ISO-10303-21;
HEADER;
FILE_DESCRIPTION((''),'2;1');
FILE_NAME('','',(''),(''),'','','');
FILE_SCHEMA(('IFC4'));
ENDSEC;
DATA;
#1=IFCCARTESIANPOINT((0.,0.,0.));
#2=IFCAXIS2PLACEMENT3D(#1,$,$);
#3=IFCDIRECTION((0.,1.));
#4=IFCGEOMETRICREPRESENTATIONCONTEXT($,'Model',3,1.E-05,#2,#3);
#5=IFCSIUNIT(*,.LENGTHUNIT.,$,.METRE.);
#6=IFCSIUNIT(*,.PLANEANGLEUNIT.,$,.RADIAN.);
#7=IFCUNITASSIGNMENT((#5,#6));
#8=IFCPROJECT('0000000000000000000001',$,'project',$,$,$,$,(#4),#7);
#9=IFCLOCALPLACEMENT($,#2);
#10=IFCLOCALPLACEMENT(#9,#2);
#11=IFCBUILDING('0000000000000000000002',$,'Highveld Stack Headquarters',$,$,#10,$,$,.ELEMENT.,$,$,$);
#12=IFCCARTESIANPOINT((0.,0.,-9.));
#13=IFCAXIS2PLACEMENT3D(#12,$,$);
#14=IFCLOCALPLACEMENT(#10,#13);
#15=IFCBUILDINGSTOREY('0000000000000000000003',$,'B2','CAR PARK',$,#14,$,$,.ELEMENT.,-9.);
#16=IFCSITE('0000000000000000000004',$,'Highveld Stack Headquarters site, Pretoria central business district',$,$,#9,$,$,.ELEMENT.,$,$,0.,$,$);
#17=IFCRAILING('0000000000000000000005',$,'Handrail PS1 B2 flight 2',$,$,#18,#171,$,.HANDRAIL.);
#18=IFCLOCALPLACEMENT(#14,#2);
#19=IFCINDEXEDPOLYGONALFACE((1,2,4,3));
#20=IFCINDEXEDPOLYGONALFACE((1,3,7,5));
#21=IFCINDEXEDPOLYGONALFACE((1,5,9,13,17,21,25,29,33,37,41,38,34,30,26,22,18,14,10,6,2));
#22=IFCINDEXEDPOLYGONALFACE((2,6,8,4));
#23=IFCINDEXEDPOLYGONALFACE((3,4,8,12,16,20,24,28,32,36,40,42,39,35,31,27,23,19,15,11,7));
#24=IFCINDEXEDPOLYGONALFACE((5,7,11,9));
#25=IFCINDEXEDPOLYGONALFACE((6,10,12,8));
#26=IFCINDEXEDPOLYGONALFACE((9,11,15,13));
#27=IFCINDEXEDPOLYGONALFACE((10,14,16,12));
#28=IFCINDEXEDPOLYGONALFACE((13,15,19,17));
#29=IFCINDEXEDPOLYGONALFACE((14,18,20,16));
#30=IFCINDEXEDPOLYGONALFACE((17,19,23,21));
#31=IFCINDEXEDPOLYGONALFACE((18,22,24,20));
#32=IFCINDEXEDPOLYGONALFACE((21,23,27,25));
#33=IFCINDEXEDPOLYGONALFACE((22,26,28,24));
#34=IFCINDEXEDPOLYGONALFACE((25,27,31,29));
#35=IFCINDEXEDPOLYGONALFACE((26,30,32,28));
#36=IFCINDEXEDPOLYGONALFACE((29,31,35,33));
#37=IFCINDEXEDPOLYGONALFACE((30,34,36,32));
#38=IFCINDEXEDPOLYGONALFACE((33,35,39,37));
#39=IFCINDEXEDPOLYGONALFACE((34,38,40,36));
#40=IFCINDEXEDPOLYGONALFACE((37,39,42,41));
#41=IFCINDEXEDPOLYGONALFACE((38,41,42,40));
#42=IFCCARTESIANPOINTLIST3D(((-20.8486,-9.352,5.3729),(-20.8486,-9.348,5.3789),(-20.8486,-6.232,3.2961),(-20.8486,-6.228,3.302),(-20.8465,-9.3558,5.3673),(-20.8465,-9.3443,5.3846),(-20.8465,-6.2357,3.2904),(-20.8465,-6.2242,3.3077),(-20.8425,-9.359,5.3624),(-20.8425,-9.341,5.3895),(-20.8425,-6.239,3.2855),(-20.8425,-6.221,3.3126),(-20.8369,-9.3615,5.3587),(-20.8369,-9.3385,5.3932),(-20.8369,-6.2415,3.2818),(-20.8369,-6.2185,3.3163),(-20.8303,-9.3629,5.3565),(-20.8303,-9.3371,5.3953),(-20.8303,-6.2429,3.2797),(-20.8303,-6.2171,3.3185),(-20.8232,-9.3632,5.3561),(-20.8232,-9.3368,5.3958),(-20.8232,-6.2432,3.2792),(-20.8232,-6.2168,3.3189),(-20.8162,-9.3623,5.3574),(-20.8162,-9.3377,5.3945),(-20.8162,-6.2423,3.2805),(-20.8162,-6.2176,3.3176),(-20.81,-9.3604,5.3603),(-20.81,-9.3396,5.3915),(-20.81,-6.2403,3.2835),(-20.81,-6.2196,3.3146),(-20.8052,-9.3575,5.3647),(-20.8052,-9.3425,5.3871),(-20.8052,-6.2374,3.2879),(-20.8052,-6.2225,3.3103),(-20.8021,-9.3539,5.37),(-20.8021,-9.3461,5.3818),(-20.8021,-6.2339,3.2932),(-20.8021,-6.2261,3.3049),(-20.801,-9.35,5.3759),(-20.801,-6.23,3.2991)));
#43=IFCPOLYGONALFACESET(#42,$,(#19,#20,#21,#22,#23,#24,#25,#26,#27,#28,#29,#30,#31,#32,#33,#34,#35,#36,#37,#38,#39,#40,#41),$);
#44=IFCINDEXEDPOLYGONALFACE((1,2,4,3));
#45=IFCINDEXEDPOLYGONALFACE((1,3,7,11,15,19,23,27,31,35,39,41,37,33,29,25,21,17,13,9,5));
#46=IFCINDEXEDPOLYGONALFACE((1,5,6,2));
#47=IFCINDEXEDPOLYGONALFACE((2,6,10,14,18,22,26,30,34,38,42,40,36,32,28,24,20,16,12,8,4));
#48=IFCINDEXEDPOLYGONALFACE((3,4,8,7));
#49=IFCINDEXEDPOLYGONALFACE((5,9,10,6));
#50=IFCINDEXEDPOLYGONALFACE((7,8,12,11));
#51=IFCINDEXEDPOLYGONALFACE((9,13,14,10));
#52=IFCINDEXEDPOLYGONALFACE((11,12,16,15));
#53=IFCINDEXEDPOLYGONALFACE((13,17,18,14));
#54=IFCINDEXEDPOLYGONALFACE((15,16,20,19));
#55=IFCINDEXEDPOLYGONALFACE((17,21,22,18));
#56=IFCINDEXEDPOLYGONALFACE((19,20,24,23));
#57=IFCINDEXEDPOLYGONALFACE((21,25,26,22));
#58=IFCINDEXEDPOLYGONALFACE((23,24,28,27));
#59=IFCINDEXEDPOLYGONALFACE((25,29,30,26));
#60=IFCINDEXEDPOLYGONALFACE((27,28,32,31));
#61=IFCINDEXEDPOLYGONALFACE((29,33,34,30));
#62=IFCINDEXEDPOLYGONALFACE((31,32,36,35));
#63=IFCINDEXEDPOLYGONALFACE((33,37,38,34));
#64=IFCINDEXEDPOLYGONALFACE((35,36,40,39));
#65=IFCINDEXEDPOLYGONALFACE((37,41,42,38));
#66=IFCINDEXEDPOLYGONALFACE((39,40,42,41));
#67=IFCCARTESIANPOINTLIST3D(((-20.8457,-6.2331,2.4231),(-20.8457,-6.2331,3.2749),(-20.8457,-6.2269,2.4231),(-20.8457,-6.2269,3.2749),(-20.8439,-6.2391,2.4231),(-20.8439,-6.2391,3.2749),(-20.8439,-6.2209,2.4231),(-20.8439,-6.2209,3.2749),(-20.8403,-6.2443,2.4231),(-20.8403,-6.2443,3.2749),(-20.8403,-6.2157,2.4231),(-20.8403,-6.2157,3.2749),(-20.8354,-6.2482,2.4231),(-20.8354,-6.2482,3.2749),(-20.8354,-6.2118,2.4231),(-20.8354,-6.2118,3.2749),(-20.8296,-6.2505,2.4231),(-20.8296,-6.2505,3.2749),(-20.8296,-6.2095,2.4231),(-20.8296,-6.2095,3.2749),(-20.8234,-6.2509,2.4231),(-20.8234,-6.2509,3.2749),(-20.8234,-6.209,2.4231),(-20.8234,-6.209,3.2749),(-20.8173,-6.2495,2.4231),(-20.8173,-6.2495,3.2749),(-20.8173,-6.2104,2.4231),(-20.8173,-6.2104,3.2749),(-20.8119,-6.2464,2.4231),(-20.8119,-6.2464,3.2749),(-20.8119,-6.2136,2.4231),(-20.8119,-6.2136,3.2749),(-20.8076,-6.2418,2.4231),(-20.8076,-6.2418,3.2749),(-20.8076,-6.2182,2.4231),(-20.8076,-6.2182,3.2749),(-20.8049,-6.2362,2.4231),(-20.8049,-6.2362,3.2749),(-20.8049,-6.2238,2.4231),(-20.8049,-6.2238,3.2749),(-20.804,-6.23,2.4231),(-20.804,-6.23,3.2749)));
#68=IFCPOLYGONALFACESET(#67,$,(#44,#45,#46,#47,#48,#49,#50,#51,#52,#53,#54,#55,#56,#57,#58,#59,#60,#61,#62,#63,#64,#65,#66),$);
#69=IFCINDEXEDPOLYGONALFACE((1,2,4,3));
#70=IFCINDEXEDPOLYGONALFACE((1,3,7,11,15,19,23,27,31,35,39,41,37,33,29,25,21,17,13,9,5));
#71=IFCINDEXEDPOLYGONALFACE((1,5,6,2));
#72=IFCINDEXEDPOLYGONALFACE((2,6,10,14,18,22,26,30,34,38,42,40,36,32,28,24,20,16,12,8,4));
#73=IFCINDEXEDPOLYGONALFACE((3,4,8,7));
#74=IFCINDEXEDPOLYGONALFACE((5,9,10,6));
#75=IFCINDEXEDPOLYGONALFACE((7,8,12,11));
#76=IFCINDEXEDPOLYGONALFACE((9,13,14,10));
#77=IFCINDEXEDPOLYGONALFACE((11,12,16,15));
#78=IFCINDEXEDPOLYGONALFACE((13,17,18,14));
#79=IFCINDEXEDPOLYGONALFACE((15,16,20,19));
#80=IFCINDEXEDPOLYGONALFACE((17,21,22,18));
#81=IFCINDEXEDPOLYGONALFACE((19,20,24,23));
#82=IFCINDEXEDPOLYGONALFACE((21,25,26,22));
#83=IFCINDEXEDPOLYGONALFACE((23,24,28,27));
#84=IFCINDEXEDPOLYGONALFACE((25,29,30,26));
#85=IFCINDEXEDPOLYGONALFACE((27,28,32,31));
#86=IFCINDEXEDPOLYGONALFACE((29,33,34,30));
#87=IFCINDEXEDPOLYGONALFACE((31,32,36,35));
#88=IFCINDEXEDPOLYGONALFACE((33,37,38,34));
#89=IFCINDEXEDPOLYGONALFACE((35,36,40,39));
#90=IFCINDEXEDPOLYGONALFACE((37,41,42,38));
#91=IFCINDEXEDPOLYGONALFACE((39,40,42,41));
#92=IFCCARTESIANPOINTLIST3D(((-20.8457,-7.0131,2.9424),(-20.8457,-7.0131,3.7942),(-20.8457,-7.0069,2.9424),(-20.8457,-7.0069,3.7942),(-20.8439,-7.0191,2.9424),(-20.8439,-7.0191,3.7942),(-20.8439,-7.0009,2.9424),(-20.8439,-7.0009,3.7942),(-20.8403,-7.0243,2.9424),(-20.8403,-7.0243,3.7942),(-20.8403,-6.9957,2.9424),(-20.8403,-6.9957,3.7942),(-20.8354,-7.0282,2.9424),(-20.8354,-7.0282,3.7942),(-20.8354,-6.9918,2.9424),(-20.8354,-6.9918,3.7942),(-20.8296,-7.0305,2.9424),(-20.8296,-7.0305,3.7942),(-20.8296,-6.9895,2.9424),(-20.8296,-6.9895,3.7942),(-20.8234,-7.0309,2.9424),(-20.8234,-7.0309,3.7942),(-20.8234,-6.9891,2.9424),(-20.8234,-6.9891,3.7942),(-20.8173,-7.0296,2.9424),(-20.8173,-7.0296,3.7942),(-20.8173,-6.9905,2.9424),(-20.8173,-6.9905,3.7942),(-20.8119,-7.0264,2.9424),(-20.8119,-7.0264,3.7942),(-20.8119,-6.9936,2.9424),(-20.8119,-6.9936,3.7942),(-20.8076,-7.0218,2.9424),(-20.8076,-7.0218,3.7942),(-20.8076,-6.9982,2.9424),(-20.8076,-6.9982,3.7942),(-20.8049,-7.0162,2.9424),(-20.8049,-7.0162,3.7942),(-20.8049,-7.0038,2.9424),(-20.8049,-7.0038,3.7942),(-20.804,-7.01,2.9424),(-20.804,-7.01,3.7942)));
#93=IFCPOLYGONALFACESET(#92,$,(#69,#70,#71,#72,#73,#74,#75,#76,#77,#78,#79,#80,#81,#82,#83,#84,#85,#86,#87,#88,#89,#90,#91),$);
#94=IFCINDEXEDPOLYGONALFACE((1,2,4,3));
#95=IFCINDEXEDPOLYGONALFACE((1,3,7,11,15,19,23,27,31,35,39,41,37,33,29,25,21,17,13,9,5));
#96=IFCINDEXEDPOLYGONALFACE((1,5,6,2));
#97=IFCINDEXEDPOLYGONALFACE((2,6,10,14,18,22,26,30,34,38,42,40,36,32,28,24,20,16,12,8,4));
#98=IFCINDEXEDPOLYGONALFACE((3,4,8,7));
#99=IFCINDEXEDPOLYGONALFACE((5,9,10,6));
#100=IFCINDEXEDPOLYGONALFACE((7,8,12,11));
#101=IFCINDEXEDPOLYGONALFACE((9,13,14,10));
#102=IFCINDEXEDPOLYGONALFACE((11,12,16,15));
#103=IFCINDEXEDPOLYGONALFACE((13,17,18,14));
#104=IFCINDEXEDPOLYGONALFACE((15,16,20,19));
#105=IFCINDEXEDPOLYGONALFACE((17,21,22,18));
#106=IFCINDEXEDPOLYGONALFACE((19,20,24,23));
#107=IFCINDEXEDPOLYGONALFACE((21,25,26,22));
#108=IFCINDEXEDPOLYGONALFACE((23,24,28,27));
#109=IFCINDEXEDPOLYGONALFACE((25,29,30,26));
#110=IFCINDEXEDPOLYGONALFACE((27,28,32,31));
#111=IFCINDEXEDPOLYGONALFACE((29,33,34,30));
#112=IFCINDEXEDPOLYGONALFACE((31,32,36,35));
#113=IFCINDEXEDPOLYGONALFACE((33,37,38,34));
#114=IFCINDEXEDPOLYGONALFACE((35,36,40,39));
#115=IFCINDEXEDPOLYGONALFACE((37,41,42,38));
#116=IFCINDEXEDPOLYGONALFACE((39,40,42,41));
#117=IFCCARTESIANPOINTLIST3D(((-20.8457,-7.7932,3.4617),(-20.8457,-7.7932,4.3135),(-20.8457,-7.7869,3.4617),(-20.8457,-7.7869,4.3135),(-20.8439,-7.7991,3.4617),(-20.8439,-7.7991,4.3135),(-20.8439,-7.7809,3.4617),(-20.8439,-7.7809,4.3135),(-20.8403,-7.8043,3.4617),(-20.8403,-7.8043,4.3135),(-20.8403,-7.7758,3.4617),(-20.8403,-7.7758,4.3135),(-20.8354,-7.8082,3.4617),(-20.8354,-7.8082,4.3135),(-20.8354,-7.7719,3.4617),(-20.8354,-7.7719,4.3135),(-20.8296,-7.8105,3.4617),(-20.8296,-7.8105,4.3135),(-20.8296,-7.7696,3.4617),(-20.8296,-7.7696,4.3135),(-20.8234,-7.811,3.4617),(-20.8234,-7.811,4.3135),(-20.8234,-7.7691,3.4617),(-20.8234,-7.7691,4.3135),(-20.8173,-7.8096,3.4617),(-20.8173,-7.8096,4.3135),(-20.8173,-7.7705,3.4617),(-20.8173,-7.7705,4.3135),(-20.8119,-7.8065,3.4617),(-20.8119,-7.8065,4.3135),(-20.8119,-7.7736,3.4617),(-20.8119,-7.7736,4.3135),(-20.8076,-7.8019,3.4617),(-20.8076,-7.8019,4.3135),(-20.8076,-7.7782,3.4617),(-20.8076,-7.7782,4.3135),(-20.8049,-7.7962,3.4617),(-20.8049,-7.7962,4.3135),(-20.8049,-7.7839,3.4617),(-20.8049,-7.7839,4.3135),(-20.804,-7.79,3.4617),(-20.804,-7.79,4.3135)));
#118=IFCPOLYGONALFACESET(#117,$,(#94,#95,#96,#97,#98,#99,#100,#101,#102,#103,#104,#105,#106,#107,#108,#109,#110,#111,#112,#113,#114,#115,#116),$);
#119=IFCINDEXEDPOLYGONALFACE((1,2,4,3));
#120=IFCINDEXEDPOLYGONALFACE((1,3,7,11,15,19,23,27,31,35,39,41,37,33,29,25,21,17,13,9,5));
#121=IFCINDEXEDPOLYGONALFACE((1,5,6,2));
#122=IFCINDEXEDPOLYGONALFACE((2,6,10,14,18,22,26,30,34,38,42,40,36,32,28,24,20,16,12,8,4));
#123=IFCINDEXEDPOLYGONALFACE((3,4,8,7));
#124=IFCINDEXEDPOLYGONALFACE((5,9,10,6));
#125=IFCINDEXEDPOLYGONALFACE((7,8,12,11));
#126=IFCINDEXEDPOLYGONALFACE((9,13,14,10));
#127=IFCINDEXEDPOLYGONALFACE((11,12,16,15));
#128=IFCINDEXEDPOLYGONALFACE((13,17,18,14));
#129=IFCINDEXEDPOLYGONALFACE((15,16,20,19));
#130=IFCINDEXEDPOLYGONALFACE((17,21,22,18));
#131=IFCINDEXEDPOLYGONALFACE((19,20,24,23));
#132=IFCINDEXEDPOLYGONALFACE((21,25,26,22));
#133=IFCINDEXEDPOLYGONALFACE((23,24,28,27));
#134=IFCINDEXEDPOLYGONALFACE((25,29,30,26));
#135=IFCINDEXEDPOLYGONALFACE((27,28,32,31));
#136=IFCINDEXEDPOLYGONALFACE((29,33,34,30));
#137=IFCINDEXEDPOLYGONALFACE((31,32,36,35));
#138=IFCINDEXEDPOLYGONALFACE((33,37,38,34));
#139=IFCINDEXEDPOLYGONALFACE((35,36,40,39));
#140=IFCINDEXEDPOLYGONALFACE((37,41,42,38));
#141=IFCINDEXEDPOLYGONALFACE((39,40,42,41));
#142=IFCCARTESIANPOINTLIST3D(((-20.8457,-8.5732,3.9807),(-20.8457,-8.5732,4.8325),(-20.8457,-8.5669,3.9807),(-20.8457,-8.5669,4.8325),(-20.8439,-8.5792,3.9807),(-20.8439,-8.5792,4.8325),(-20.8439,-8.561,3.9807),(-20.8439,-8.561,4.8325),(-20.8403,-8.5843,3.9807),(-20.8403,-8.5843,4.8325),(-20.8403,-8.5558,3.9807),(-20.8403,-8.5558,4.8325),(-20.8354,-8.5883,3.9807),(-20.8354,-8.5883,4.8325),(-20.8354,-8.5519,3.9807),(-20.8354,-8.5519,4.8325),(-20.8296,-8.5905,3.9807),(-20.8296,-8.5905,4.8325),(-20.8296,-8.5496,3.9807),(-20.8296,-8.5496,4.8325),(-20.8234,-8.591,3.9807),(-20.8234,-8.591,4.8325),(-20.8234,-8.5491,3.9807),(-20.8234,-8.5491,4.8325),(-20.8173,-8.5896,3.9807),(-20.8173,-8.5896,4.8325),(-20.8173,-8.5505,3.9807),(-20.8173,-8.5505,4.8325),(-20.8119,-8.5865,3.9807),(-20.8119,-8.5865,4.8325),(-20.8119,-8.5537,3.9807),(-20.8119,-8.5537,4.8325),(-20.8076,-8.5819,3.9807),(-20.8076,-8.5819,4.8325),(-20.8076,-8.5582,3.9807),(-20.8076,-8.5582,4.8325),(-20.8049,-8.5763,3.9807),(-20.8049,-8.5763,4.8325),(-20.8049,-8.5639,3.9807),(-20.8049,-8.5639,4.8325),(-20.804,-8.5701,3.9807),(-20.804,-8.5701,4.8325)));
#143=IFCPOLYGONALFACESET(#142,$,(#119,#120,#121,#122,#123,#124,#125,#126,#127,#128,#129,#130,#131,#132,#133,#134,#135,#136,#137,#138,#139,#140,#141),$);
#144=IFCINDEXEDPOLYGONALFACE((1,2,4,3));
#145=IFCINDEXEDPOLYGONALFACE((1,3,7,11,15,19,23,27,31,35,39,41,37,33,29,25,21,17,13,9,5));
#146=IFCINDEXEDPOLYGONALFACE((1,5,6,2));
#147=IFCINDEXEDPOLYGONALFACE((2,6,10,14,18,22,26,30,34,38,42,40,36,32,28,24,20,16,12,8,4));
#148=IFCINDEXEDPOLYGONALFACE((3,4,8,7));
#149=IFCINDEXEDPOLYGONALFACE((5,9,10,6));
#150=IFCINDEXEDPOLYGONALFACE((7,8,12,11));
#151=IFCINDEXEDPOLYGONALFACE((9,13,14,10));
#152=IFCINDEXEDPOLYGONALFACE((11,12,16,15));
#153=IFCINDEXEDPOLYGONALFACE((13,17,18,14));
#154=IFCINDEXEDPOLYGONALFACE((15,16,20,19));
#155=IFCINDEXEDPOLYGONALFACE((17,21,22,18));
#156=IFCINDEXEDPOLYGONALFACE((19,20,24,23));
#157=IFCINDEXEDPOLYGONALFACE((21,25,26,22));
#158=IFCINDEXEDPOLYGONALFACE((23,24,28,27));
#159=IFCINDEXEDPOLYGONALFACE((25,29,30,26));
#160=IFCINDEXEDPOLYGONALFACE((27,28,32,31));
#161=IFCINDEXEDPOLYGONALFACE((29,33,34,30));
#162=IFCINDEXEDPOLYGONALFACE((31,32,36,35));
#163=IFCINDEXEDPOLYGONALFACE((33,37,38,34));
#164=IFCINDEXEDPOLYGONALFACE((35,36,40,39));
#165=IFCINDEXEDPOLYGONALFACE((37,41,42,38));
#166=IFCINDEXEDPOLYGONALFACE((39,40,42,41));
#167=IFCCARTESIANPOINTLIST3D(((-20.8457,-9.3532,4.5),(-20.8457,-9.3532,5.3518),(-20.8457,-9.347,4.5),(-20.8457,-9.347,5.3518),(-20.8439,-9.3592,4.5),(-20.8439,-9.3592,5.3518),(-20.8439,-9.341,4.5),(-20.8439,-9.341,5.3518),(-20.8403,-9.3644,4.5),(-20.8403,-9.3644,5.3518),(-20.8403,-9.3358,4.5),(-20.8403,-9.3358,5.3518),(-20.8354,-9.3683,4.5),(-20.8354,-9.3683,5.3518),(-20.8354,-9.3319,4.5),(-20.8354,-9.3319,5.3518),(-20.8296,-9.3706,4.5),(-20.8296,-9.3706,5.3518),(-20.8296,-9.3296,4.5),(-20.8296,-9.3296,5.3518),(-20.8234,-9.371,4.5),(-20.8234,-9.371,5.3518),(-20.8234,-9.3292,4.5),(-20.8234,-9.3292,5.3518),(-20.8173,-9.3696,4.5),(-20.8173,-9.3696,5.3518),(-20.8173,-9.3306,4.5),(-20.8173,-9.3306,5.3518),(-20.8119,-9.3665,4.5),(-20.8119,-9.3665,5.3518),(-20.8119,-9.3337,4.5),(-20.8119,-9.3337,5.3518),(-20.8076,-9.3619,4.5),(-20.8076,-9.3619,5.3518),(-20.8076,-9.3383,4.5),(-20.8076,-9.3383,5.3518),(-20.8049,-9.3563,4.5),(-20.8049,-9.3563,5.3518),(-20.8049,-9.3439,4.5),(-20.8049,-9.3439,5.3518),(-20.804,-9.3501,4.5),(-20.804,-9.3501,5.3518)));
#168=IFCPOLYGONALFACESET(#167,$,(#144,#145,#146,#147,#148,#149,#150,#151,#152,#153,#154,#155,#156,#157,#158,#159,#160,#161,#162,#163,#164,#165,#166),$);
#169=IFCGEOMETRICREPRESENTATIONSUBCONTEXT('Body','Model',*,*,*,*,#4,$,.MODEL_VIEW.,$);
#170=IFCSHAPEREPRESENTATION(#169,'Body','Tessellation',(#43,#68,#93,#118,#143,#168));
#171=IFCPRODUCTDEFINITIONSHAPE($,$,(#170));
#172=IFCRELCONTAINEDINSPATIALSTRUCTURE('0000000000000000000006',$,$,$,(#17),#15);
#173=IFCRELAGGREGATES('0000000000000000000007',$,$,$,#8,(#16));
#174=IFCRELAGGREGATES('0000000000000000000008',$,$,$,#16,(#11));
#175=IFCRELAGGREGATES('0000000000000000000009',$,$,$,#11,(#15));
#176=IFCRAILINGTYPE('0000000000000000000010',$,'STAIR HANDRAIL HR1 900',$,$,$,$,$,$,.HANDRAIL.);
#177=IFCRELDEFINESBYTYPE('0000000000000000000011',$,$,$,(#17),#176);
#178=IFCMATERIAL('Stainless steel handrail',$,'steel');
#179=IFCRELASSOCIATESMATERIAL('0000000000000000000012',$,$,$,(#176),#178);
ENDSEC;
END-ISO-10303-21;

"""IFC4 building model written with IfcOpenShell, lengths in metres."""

from ifc_helpers import new_model, si_unit, direction, frame, origin, origin_2d, place, context, subcontext, project, spatial, circle, extrude, material, type_object, element, save


model = new_model("IFC4")

# Units and contexts
model_context = context("Model", 3, precision=1e-05, world=origin(), true_north=direction((0.0, 1.0)))
body_context = subcontext(model_context, "Body", "Model", "MODEL_VIEW")
ifc_project = project(units=[si_unit("LENGTHUNIT", "METRE"), si_unit("PLANEANGLEUNIT", "RADIAN")], contexts=[model_context])

# Site, building, storey
site_placement = place(None, origin())
site = spatial("IfcSite", under=ifc_project, at=site_placement, Name="Highveld Stack Headquarters site, Pretoria central business district", CompositionType="ELEMENT", RefElevation=0.0)
building_placement = place(site_placement, origin())
building = spatial("IfcBuilding", under=site, at=building_placement, Name="Highveld Stack Headquarters", CompositionType="ELEMENT")
storey_placement = place(building_placement, frame((0.0, 0.0, -9.0)))
storey = spatial("IfcBuildingStorey", under=building, at=storey_placement, Name="B2", Description="CAR PARK", CompositionType="ELEMENT", Elevation=-9.0)

# Railing
ifc_material_1 = material(Name="Stainless steel handrail", Category="steel")
railing_type = type_object("IfcRailingType", Name="STAIR HANDRAIL HR1 900", PredefinedType="HANDRAIL", material=ifc_material_1)
for number, where, name in (
    (1, (-20.825, -6.23, 2.4231), "Handrail PS1 B2 flight 2"),
):
    element("IfcRailing", number, at=place(storey_placement, frame(where)), inside=storey, type_object=railing_type, Name=name, PredefinedType="HANDRAIL", context=body_context, shape_type="SweptSolid", body=[
        extrude(circle(Radius=0.0239, at=origin_2d()), frame((0.0, 0.0, 0.876), z_axis=(0.0, -0.832441, 0.554114), x_axis=(1.0, 0.0, 0.0)), (0.0, 0.0, 1.0), 3.748),
        extrude(circle(Radius=0.021, at=origin_2d()), origin(), (0.0, 0.0, 1.0), 0.8518),
        extrude(circle(Radius=0.021, at=origin_2d()), frame((0.0, -0.78, 0.5193)), (0.0, 0.0, 1.0), 0.8518),
        extrude(circle(Radius=0.021, at=origin_2d()), frame((0.0, -1.5601, 1.0386)), (0.0, 0.0, 1.0), 0.8518),
        extrude(circle(Radius=0.021, at=origin_2d()), frame((0.0, -2.3401, 1.5576)), (0.0, 0.0, 1.0), 0.8518),
        extrude(circle(Radius=0.021, at=origin_2d()), frame((0.0, -3.1201, 2.0769)), (0.0, 0.0, 1.0), 0.8518),
    ])

save(model, "model.ifc")
